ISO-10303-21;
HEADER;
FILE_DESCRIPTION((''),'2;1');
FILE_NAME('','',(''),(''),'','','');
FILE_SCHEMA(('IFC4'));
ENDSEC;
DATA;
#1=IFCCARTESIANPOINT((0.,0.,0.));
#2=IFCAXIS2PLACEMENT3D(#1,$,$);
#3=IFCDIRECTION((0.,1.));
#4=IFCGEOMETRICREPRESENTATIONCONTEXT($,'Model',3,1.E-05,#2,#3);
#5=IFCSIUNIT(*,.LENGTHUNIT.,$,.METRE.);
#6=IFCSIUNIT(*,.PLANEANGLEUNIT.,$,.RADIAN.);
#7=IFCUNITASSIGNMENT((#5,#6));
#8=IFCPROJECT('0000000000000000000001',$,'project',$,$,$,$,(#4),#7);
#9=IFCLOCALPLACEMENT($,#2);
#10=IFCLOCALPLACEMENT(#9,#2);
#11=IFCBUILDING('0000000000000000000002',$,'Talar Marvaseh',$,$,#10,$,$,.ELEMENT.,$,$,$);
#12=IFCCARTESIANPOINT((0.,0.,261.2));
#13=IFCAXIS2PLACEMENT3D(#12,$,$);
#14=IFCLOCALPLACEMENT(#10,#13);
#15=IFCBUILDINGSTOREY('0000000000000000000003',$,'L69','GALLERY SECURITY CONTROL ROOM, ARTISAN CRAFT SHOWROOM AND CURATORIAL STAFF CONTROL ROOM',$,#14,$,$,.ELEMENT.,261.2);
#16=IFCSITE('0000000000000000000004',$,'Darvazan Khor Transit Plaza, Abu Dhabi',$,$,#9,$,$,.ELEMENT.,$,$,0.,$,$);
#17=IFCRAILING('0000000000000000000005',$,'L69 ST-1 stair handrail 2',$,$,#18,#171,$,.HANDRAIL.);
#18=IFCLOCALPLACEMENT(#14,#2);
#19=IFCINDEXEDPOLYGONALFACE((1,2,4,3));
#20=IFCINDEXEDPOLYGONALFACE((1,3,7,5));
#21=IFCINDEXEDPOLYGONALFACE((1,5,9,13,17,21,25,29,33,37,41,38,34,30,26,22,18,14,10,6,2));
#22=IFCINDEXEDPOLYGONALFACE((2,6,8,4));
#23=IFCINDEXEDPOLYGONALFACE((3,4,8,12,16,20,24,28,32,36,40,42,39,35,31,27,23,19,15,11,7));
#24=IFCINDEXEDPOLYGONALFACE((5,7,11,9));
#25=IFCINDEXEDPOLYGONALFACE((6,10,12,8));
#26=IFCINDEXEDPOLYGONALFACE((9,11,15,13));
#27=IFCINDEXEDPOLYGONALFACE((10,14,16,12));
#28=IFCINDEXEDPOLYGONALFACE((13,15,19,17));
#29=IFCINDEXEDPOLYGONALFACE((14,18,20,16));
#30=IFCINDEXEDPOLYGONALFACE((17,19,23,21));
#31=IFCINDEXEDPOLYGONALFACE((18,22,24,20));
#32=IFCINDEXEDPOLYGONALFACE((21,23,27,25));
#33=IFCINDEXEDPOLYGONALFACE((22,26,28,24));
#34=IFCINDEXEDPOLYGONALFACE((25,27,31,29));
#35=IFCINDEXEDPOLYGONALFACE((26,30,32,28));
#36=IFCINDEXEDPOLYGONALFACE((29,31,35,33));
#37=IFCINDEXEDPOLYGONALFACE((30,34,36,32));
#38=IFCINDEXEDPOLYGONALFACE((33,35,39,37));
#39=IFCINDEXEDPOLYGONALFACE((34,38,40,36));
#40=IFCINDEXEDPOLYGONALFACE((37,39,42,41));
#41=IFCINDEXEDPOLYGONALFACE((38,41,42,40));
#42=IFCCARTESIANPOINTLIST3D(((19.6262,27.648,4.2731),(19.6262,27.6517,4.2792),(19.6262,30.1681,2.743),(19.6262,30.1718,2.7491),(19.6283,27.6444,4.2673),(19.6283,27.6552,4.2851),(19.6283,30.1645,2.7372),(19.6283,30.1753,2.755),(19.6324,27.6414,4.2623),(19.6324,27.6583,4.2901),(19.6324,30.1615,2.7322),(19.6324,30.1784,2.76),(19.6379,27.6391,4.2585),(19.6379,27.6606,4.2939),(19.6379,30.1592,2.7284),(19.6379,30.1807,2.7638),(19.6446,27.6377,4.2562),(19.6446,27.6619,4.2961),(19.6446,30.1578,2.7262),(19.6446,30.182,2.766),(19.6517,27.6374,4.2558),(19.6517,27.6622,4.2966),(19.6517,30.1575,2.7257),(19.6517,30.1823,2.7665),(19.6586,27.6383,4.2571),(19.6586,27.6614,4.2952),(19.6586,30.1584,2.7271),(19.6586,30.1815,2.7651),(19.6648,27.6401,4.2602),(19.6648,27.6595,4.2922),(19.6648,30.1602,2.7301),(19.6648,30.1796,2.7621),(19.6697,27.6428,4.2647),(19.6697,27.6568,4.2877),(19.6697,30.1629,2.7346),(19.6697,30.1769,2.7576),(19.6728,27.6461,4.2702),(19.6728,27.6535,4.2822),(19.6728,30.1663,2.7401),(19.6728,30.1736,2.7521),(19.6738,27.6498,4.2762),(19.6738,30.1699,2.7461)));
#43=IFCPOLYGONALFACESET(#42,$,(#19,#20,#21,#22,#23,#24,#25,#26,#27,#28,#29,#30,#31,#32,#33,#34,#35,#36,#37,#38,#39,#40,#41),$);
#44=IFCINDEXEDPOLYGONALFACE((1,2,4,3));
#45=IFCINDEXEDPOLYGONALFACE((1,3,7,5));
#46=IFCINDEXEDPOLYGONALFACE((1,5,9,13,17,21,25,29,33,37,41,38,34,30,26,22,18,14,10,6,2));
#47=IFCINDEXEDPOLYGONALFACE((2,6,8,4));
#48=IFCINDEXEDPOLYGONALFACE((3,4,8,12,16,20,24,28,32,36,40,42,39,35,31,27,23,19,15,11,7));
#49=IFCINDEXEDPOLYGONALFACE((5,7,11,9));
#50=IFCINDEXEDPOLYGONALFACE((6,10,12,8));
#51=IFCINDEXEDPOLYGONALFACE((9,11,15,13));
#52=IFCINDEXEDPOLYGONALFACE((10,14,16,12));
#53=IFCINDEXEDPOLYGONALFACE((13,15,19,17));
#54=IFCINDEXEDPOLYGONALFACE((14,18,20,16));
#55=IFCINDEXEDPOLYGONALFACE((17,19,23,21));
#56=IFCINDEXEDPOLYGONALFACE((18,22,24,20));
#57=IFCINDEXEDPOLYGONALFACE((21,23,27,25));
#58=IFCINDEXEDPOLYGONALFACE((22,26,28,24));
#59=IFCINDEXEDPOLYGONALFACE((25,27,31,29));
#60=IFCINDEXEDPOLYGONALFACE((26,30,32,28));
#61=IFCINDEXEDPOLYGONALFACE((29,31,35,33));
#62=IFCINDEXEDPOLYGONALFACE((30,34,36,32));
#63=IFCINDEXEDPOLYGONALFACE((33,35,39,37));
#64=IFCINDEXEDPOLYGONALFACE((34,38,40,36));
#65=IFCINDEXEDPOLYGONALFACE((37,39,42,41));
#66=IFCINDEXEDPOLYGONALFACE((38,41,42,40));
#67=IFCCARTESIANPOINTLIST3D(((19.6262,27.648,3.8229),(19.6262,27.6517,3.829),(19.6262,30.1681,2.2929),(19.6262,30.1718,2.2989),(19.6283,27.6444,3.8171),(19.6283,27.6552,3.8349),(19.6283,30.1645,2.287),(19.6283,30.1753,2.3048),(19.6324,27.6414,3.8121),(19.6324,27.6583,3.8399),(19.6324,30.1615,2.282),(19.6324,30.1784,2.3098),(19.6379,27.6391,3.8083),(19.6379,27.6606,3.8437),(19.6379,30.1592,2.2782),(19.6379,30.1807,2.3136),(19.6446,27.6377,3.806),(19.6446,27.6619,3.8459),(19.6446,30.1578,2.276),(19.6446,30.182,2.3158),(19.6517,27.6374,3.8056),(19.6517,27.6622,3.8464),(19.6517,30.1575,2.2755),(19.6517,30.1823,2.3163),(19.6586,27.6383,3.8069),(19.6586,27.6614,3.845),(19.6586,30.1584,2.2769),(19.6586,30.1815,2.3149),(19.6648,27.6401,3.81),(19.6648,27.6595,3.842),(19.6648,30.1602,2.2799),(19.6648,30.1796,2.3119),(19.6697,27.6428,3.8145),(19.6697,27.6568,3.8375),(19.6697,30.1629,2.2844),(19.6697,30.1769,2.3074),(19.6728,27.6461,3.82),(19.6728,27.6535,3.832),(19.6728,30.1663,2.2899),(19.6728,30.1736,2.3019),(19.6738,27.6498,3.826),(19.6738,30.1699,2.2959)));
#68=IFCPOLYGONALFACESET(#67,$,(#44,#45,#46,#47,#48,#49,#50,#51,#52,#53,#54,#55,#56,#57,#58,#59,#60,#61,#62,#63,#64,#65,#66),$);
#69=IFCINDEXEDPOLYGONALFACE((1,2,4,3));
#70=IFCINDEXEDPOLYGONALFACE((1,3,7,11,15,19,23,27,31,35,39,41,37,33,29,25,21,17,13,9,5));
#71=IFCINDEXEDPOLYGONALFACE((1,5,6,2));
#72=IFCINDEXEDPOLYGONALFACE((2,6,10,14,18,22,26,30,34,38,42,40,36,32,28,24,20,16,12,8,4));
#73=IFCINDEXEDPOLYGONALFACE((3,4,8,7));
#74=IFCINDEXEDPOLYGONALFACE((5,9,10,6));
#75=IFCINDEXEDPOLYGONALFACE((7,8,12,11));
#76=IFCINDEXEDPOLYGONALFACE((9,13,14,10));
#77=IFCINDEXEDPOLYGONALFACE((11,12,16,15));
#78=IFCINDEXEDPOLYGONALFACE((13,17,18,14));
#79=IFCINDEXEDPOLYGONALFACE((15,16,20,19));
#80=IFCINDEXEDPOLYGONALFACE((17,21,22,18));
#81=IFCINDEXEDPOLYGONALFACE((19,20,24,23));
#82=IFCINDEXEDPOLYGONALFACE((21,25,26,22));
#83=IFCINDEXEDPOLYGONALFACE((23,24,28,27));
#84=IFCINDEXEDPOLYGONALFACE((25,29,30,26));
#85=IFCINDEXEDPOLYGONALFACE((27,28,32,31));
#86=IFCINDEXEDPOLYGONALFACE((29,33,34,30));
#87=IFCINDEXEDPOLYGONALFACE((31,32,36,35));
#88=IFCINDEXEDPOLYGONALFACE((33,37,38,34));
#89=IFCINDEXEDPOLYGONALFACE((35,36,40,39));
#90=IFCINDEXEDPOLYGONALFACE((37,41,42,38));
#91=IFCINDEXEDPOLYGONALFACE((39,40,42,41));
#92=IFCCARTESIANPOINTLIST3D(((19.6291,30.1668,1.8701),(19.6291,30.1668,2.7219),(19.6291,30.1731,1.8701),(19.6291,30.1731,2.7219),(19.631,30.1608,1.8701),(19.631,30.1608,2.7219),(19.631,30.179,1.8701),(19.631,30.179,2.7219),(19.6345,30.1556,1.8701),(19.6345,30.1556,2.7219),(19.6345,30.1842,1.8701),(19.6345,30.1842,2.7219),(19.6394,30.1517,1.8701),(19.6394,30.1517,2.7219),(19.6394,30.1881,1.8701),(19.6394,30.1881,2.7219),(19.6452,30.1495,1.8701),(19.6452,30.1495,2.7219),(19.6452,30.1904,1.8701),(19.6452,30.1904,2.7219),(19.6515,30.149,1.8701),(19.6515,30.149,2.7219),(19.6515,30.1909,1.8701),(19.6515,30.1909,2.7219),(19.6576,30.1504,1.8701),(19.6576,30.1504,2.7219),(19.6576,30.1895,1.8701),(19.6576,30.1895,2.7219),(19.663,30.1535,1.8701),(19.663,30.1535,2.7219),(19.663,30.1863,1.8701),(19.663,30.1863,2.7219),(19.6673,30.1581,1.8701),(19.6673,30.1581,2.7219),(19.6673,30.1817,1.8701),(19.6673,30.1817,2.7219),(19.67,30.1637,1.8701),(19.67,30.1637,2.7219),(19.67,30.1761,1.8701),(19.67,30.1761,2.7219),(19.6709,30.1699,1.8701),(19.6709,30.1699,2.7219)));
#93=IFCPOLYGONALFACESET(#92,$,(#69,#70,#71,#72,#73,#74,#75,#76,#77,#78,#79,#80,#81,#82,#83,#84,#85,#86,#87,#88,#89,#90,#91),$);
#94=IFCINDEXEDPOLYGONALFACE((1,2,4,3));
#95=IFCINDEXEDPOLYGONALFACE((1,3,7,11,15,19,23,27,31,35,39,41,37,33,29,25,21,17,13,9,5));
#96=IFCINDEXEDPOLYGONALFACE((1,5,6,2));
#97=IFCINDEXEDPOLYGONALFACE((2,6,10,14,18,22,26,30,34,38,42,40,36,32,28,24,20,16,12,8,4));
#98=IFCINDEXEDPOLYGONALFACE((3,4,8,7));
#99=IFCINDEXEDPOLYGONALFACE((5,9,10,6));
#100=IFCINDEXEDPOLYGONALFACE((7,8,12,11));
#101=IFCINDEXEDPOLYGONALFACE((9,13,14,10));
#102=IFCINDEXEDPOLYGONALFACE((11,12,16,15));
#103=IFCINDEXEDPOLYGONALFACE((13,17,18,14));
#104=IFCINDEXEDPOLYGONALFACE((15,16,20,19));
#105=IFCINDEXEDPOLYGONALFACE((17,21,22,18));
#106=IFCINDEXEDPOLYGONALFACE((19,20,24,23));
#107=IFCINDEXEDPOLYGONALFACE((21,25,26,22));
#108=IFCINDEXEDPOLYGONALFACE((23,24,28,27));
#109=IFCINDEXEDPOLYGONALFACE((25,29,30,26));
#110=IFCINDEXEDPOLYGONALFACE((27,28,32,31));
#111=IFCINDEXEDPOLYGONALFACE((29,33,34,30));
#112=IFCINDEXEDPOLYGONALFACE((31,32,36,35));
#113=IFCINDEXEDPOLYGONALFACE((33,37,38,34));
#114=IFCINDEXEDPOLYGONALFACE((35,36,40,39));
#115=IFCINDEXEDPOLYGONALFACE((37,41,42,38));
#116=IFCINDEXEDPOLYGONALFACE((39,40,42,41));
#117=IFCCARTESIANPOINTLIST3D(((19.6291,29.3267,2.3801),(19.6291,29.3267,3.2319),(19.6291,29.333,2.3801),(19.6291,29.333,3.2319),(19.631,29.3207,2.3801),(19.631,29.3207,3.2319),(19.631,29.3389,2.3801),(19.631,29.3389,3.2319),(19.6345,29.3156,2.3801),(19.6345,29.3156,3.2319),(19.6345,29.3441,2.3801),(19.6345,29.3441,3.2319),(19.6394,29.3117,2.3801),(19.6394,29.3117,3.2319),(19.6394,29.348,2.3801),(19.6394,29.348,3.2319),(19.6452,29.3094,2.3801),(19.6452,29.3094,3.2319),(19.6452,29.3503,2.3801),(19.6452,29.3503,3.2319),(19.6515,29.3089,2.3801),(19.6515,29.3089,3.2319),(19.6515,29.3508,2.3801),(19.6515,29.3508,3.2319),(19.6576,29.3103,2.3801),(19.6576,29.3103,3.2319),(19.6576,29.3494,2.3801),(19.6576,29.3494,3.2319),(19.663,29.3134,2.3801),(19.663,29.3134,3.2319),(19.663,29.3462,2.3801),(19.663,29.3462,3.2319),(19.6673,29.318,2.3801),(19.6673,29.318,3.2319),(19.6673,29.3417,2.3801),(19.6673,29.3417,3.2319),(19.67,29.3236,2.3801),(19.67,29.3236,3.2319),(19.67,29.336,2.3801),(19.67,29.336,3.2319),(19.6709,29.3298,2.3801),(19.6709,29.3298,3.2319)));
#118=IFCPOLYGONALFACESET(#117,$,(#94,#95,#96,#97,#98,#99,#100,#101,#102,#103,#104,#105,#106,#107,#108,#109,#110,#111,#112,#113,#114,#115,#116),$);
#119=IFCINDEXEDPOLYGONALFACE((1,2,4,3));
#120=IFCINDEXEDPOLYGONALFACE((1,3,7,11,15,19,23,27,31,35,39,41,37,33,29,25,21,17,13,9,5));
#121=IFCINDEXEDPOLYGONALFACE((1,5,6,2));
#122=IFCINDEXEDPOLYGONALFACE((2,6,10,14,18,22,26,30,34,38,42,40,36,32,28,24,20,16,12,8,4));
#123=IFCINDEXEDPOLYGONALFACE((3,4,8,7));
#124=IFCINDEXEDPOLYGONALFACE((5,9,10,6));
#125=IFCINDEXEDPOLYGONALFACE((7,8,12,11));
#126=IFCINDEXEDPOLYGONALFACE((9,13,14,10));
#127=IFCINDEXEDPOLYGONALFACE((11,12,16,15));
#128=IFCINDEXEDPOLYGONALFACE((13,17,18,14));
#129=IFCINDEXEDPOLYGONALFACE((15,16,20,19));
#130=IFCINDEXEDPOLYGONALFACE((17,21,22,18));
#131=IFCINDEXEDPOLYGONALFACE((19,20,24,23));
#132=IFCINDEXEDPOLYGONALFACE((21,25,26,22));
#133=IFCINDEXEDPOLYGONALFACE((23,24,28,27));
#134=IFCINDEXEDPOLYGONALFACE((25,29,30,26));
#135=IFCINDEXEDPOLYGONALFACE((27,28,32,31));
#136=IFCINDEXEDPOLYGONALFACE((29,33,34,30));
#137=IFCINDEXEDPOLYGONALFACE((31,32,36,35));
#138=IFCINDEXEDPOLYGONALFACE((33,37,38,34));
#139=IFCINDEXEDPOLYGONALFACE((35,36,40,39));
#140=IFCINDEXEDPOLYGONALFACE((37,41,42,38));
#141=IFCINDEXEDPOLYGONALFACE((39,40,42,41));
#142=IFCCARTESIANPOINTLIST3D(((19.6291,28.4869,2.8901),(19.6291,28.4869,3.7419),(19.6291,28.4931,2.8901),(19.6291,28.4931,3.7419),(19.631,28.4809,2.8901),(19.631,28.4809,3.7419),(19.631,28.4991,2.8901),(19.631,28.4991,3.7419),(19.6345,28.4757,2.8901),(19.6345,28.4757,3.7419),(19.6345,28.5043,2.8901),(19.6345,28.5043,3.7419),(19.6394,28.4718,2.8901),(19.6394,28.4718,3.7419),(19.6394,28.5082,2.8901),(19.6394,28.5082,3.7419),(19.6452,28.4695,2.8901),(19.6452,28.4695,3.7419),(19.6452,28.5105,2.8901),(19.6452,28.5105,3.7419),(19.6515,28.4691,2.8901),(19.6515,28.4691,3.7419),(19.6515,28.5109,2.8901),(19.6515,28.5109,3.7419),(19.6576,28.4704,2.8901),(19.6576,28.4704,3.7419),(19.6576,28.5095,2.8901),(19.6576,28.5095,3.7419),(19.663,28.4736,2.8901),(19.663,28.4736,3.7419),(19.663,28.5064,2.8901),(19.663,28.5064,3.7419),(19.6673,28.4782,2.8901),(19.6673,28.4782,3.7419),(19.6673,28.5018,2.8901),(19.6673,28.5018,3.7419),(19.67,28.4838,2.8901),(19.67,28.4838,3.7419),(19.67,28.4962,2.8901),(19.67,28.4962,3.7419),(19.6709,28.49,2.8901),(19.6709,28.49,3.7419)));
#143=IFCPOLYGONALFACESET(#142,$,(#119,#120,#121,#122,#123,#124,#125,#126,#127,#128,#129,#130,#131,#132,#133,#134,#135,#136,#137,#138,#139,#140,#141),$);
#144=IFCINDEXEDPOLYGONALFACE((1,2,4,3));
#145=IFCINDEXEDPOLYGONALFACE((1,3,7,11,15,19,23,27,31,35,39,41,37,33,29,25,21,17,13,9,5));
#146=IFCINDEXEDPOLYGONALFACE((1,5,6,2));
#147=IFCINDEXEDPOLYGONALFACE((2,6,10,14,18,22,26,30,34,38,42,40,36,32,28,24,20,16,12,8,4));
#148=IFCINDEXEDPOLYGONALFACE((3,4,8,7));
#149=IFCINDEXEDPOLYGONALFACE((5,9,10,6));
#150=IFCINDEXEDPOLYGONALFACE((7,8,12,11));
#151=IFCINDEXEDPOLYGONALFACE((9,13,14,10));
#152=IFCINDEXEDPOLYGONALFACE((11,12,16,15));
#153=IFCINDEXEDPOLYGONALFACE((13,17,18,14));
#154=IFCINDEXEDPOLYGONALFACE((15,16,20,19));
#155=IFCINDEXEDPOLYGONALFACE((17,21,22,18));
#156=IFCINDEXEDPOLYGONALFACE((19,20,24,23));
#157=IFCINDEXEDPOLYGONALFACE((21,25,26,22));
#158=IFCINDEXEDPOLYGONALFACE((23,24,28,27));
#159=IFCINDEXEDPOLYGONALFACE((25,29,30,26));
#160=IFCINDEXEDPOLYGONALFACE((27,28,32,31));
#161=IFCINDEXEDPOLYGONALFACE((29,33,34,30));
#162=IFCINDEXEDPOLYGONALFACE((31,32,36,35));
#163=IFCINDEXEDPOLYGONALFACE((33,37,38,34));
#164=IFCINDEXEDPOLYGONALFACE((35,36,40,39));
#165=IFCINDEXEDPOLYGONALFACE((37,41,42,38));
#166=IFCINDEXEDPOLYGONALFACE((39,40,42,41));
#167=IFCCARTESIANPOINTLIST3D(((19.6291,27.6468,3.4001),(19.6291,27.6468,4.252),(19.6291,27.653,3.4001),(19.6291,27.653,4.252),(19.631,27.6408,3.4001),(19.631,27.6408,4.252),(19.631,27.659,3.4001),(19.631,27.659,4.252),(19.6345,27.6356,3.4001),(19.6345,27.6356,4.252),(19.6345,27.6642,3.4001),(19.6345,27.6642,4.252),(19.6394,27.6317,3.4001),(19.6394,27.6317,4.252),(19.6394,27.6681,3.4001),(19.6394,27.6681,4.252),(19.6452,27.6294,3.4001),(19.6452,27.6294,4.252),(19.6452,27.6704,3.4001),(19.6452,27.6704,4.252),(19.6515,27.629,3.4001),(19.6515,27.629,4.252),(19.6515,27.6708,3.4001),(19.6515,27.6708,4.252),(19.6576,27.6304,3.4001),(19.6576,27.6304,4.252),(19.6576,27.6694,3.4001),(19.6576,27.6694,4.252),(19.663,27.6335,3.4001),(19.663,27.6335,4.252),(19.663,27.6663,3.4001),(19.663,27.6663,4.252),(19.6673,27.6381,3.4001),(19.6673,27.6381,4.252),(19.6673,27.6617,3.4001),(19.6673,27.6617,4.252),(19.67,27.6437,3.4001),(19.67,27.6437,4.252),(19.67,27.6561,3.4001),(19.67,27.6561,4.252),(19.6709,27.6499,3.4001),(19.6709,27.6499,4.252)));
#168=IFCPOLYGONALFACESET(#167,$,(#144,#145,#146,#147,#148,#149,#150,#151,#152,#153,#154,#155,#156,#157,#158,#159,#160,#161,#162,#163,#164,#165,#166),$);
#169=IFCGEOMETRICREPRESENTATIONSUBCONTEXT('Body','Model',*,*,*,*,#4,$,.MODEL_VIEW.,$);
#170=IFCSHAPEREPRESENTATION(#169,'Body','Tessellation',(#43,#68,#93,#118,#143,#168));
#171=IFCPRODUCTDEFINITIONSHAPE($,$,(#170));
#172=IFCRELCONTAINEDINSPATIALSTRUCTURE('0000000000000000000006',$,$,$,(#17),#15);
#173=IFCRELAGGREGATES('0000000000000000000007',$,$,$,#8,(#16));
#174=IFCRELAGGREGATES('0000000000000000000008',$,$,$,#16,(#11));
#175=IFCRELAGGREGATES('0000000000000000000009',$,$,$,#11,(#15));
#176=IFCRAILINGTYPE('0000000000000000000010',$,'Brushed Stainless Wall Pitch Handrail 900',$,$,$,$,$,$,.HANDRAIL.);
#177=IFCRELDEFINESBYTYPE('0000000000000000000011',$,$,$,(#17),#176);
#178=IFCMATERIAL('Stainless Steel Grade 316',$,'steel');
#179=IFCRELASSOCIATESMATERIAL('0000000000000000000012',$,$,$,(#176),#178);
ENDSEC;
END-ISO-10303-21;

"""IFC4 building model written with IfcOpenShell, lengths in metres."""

from ifc_helpers import new_model, si_unit, direction, frame, origin, origin_2d, place, context, subcontext, project, spatial, circle, extrude, material, type_object, element, save


model = new_model("IFC4")

# Units and contexts
model_context = context("Model", 3, precision=1e-05, world=origin(), true_north=direction((0.0, 1.0)))
body_context = subcontext(model_context, "Body", "Model", "MODEL_VIEW")
ifc_project = project(units=[si_unit("LENGTHUNIT", "METRE"), si_unit("PLANEANGLEUNIT", "RADIAN")], contexts=[model_context])

# Site, building, storey
site_placement = place(None, origin())
site = spatial("IfcSite", under=ifc_project, at=site_placement, Name="Darvazan Khor Transit Plaza, Abu Dhabi", CompositionType="ELEMENT", RefElevation=0.0)
building_placement = place(site_placement, origin())
building = spatial("IfcBuilding", under=site, at=building_placement, Name="Talar Marvaseh", CompositionType="ELEMENT")
storey_placement = place(building_placement, frame((0.0, 0.0, 261.2)))
storey = spatial("IfcBuildingStorey", under=building, at=storey_placement, Name="L69", Description="GALLERY SECURITY CONTROL ROOM, ARTISAN CRAFT SHOWROOM AND CURATORIAL STAFF CONTROL ROOM", CompositionType="ELEMENT", Elevation=261.2)

# Shared definitions
ifc_material_1 = material(Name="Stainless Steel Grade 316", Category="steel")

# Railing
railing_type_1 = type_object("IfcRailingType", Name="Brushed Stainless Wall Pitch Handrail 900", PredefinedType="HANDRAIL", material=ifc_material_1)
railing_1_placement = place(storey_placement, frame((19.6499, 30.1699, 1.8701)))
element("IfcRailing", 1, at=railing_1_placement, inside=storey, type_object=railing_type_1, Name="L69 ST-1 stair handrail 2", PredefinedType="HANDRAIL", context=body_context, shape_type="SweptSolid", body=[
    extrude(circle(Radius=0.0239, at=origin_2d()), frame((0.0, 0.0, 0.876), z_axis=(0.0, -0.854785, 0.518982), x_axis=(1.0, 0.0, 0.0)), (0.0, 0.0, 1.0), 2.9482),
    extrude(circle(Radius=0.0239, at=origin_2d()), frame((0.0, 0.0, 0.4258), z_axis=(0.0, -0.854785, 0.518982), x_axis=(1.0, 0.0, 0.0)), (0.0, 0.0, 1.0), 2.9482),
    extrude(circle(Radius=0.021, at=origin_2d()), origin(), (0.0, 0.0, 1.0), 0.8518),
    extrude(circle(Radius=0.021, at=origin_2d()), frame((0.0, -0.8401, 0.51)), (0.0, 0.0, 1.0), 0.8518),
    extrude(circle(Radius=0.021, at=origin_2d()), frame((0.0, -1.6799, 1.02)), (0.0, 0.0, 1.0), 0.8518),
    extrude(circle(Radius=0.021, at=origin_2d()), frame((0.0, -2.52, 1.53)), (0.0, 0.0, 1.0), 0.8518),
])

save(model, "model.ifc")
